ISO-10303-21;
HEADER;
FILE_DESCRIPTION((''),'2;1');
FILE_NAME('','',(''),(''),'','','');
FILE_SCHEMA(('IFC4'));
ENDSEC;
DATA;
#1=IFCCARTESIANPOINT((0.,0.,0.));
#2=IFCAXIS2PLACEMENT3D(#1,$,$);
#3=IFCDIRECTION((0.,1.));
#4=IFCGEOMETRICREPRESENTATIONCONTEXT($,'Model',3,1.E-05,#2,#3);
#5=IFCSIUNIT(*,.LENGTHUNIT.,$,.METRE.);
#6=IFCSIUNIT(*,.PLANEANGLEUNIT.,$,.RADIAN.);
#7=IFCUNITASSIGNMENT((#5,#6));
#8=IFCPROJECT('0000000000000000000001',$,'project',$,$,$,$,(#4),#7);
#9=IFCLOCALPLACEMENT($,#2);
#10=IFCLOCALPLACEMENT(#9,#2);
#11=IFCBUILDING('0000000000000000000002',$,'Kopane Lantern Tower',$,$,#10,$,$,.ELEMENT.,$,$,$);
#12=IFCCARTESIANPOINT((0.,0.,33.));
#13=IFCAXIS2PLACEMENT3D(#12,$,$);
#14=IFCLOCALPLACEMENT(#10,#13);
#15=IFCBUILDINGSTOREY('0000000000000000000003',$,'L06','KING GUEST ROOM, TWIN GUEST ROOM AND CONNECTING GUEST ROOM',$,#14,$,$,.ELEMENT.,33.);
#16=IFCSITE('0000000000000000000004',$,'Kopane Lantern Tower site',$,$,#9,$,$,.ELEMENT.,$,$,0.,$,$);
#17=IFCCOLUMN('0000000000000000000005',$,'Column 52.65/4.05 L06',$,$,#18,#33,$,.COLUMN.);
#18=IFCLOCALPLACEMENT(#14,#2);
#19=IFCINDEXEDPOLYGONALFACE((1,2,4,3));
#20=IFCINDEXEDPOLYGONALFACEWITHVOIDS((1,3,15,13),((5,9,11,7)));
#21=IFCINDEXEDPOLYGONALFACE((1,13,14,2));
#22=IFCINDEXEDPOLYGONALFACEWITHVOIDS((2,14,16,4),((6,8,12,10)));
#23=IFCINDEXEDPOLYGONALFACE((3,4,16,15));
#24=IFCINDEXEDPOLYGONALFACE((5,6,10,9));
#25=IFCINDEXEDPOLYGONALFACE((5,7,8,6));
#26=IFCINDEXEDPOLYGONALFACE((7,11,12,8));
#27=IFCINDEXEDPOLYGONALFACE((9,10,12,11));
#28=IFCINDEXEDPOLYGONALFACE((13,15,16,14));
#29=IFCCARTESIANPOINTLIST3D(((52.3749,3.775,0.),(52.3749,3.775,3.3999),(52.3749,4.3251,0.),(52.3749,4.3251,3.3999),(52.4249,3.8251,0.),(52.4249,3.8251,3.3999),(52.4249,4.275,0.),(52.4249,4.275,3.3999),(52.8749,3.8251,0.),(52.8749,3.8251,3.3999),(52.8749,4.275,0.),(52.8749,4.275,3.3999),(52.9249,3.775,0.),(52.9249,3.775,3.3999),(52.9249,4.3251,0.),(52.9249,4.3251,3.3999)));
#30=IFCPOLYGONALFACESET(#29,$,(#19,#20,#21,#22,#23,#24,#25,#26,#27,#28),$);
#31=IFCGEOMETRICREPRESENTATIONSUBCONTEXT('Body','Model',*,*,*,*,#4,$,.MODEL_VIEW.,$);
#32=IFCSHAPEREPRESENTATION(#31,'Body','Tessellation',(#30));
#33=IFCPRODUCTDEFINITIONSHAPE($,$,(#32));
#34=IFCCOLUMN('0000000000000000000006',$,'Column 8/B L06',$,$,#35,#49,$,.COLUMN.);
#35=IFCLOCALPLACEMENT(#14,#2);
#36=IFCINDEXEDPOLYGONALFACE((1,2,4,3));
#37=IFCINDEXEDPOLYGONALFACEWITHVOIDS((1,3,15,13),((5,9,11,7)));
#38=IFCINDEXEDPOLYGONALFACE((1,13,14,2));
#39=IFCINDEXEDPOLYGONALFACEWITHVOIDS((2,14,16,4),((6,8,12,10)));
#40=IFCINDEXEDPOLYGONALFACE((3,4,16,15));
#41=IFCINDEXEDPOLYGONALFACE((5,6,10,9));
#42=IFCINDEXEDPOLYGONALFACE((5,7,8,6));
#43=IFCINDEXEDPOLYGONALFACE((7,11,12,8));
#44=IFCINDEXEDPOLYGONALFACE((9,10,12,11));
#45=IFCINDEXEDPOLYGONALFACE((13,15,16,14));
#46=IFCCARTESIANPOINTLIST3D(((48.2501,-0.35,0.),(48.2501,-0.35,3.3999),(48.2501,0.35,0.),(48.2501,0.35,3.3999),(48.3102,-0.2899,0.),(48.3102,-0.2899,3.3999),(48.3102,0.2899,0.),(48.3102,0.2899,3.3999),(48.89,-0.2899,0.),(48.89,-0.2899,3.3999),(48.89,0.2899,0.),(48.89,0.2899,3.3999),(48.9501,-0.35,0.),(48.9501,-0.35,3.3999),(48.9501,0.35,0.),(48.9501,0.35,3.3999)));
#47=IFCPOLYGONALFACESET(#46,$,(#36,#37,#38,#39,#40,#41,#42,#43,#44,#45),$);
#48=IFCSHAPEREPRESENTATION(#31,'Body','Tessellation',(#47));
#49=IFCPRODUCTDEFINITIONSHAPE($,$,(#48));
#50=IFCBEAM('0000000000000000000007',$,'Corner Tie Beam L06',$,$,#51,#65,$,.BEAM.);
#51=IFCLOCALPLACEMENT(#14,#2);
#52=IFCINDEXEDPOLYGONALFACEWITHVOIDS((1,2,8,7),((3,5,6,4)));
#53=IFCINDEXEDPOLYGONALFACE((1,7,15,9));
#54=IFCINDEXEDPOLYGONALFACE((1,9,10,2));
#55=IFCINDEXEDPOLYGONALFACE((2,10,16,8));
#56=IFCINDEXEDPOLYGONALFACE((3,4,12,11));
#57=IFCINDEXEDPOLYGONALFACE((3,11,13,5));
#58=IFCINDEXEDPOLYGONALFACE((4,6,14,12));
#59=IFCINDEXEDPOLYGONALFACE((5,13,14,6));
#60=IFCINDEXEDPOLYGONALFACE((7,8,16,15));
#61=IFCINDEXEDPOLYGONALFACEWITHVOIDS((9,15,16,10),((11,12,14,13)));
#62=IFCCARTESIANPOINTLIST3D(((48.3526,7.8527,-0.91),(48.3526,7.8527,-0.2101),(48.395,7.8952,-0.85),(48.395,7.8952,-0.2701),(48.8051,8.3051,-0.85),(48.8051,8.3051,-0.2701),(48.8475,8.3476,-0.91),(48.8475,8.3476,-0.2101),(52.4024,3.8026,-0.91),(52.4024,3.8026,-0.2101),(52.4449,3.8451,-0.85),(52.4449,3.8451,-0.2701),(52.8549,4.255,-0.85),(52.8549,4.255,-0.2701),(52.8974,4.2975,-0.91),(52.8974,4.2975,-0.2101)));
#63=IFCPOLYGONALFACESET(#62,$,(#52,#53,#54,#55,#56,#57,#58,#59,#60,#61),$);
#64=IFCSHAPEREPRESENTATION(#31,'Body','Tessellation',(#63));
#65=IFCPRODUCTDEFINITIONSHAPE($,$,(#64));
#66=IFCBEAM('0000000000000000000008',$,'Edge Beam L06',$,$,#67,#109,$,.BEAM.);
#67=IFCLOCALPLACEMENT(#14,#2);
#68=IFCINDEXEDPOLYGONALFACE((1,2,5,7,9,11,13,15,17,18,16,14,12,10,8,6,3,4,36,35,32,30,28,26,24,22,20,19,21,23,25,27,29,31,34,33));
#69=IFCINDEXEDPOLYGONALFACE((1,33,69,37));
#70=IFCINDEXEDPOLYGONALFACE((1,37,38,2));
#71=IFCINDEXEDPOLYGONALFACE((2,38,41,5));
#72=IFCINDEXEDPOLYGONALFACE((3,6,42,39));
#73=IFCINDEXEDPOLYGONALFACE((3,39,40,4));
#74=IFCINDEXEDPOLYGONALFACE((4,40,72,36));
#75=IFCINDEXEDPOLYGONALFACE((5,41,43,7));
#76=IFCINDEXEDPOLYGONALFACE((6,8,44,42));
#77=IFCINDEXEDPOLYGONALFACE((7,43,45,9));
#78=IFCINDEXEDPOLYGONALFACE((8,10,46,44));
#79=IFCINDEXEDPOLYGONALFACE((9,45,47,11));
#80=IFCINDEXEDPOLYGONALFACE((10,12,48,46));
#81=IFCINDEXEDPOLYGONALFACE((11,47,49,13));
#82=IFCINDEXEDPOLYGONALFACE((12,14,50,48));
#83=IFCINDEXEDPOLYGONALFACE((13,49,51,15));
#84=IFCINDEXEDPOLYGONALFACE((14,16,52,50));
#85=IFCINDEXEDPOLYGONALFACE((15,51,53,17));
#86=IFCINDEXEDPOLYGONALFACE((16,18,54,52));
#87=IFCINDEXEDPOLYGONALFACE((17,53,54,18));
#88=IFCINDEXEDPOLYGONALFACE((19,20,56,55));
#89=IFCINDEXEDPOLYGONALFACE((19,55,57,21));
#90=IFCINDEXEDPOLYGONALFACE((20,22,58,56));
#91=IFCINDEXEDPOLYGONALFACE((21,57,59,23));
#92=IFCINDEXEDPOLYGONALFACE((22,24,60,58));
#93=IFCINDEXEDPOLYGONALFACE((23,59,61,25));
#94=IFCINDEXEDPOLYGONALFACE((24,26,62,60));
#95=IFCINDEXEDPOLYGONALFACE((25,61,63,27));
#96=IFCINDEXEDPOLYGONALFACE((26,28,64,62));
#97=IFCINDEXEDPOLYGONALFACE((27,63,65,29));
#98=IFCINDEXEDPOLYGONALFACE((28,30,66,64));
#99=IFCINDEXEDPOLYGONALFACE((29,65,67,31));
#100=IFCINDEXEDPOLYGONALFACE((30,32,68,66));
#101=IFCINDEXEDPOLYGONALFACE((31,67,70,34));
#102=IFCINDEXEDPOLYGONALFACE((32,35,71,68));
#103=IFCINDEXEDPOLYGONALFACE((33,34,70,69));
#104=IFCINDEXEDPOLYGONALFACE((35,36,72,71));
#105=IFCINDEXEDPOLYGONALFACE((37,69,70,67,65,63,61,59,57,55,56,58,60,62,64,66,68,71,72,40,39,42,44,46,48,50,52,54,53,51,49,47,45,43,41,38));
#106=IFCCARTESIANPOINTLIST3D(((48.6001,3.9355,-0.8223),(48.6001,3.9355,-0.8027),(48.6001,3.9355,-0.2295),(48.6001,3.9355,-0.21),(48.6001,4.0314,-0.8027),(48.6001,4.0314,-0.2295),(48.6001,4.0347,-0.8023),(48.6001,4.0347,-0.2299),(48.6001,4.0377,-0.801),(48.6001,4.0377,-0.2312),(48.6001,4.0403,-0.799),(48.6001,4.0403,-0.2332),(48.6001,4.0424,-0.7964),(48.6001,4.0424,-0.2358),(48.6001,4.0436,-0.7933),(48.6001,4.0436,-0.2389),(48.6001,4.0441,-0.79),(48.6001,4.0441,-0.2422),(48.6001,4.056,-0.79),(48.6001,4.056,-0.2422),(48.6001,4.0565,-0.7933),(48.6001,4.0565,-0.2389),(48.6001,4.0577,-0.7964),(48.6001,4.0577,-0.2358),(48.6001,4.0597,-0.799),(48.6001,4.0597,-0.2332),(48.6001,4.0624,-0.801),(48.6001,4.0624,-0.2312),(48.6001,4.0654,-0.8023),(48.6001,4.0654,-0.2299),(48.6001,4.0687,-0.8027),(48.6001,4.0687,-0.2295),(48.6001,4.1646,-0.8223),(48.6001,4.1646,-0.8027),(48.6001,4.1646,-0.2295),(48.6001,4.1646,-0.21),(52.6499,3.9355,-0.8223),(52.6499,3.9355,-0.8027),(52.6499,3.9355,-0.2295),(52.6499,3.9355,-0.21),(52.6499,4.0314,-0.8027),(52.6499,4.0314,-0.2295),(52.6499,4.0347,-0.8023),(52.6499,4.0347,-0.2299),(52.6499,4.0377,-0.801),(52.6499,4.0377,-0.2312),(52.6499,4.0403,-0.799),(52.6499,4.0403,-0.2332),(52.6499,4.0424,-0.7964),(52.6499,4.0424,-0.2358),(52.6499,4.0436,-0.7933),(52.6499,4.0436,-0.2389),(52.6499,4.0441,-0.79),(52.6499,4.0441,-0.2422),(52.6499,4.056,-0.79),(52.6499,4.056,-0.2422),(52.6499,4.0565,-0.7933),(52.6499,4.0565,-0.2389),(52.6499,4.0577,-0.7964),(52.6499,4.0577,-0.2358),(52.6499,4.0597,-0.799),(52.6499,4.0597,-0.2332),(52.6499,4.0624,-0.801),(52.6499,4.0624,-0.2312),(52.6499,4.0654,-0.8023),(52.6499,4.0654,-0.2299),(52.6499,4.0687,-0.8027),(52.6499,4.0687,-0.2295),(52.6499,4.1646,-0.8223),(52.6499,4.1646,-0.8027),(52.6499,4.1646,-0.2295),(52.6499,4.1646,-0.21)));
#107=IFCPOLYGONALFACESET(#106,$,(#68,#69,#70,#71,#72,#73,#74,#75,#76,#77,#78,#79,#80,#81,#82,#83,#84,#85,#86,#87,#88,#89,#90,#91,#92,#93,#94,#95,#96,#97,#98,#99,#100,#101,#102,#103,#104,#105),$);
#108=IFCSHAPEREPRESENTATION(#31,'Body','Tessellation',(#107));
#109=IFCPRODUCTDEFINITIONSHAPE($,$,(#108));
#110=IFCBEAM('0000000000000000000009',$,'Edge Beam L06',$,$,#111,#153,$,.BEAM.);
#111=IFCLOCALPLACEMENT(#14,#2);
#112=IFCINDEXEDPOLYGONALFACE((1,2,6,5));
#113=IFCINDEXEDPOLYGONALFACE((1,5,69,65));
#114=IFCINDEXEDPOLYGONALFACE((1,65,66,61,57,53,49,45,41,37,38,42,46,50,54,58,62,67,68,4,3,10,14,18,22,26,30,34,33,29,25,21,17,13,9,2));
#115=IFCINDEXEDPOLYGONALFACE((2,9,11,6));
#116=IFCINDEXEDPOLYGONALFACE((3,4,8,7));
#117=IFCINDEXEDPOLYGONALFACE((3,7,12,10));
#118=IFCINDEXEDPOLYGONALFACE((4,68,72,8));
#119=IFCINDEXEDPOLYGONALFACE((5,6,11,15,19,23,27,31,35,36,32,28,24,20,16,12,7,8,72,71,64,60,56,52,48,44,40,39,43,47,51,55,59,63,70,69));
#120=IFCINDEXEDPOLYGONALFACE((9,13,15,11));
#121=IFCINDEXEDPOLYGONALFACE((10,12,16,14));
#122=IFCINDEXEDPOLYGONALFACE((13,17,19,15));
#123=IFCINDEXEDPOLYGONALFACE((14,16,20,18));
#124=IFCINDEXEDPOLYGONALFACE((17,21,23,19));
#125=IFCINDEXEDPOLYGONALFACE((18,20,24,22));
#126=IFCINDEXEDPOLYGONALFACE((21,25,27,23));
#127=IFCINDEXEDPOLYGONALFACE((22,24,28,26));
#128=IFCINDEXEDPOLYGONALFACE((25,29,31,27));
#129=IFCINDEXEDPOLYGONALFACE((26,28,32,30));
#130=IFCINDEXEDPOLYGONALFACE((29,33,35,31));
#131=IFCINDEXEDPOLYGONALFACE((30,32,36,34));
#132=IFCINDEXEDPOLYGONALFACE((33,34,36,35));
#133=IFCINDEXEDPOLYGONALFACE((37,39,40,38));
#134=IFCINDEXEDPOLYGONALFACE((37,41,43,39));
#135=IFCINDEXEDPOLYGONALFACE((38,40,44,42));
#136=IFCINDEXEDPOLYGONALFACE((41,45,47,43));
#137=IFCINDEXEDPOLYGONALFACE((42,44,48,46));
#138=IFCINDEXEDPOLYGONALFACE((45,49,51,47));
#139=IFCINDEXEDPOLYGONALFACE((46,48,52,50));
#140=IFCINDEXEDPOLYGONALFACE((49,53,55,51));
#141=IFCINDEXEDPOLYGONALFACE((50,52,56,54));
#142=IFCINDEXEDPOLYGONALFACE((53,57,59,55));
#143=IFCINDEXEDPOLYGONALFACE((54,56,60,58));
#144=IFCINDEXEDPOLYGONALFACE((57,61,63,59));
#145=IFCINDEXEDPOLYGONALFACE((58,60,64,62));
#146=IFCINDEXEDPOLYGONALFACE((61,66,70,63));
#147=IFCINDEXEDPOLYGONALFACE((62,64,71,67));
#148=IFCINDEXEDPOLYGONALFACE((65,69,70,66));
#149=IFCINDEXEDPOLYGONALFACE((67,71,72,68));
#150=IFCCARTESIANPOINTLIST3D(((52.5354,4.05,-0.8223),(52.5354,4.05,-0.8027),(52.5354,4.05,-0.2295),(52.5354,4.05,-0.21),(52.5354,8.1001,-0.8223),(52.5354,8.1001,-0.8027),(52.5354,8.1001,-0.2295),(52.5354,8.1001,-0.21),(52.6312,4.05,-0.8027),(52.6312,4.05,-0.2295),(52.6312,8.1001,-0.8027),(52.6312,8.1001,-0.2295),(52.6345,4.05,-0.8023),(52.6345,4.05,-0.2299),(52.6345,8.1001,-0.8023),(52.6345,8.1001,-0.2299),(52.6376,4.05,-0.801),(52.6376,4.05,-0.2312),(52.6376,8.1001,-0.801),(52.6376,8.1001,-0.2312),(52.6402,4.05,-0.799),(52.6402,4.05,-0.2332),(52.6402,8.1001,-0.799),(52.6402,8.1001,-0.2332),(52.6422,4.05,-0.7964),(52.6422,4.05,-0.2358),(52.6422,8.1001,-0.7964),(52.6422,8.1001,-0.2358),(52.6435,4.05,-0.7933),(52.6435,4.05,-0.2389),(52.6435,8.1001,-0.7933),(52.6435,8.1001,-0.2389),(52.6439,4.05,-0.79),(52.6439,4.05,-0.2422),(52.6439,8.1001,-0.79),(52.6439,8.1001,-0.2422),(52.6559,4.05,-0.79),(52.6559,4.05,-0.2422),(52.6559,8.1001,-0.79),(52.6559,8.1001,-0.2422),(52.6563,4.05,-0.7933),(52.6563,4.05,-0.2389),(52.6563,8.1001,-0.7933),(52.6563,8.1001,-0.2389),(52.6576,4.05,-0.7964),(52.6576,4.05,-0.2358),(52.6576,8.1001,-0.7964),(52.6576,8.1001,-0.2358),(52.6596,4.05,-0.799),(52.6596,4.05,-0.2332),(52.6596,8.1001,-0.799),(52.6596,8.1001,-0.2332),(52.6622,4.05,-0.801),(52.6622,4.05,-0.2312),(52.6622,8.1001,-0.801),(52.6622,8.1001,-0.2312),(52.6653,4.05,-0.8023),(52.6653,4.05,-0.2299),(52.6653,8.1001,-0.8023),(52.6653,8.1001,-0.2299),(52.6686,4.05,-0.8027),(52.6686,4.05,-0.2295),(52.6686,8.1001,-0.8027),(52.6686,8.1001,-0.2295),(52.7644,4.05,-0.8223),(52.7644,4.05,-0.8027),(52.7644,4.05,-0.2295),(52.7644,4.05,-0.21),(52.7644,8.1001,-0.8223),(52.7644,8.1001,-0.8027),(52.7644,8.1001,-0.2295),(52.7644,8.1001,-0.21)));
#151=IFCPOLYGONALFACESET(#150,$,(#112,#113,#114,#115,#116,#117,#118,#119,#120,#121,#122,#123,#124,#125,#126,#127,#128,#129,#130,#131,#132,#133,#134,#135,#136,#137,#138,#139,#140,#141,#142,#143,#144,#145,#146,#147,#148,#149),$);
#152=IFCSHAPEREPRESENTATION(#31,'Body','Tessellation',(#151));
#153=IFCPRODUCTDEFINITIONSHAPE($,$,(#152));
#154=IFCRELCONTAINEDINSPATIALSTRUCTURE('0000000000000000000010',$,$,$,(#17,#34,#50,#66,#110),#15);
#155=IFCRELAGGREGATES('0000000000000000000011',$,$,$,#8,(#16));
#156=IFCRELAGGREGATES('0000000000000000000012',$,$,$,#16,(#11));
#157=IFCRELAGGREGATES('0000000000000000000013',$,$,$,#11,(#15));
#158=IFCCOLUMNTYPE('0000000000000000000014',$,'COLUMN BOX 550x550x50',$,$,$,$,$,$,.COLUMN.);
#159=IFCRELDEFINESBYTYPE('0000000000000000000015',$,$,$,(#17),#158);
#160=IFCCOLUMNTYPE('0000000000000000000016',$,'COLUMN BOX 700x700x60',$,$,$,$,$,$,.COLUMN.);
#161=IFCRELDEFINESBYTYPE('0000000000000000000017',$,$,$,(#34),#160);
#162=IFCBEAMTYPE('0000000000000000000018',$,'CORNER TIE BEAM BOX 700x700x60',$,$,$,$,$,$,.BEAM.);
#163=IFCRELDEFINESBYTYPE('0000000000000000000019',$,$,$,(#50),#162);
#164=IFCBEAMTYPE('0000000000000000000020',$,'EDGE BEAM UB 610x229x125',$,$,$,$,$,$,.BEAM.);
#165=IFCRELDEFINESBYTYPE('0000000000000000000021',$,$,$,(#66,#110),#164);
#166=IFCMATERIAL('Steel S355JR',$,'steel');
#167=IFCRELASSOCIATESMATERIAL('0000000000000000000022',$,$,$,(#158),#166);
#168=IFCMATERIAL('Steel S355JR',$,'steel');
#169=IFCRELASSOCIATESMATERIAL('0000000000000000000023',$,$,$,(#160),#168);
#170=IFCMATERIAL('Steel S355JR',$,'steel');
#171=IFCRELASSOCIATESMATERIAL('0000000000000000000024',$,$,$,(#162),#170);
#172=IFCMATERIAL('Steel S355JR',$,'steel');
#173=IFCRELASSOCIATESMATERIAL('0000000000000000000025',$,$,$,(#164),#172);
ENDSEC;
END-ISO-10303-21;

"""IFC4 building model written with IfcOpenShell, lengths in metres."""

from ifc_helpers import new_model, si_unit, direction, frame, origin, origin_2d, place, context, subcontext, project, spatial, hollow_rectangle, i_section, extrude, material, material_profile, profile_set, type_object, element, save


model = new_model("IFC4")

# Units and contexts
model_context = context("Model", 3, precision=1e-05, world=origin(), true_north=direction((0.0, 1.0)))
body_context = subcontext(model_context, "Body", "Model", "MODEL_VIEW")
ifc_project = project(units=[si_unit("LENGTHUNIT", "METRE"), si_unit("PLANEANGLEUNIT", "RADIAN")], contexts=[model_context])

# Site, building, storey
site_placement = place(None, origin())
site = spatial("IfcSite", under=ifc_project, at=site_placement, Name="Kopane Lantern Tower site", CompositionType="ELEMENT", RefElevation=0.0)
building_placement = place(site_placement, origin())
building = spatial("IfcBuilding", under=site, at=building_placement, Name="Kopane Lantern Tower", CompositionType="ELEMENT")
storey_placement = place(building_placement, frame((0.0, 0.0, 33.0)))
storey = spatial("IfcBuildingStorey", under=building, at=storey_placement, Name="L06", Description="KING GUEST ROOM, TWIN GUEST ROOM AND CONNECTING GUEST ROOM", CompositionType="ELEMENT", Elevation=33.0)

# Columns
ifc_material_1 = material(Name="Steel S355JR", Category="steel")
ifc_material_profile_1 = material_profile(ifc_material_1, hollow_rectangle(XDim=0.55, YDim=0.55, WallThickness=0.05, at=origin_2d()), Name="BOX 550x550x50")
ifc_profile_set_1 = profile_set([ifc_material_profile_1], Name="Steel S355JR")
column_type_1 = type_object("IfcColumnType", Name="COLUMN BOX 550x550x50", PredefinedType="COLUMN", material=ifc_profile_set_1)
column_1_placement = place(storey_placement, frame((52.6499, 4.05, 0.0), z_axis=(0.0, 0.0, 1.0), x_axis=(1.0, 0.0, 0.0)))
element("IfcColumn", 1, at=column_1_placement, inside=storey, type_object=column_type_1, Name="Column 52.65/4.05 L06", PredefinedType="COLUMN", context=body_context, shape_type="SweptSolid", body=[
    extrude(hollow_rectangle(XDim=0.55, YDim=0.55, WallThickness=0.05, at=origin_2d()), origin(), (0.0, 0.0, 1.0), 3.3999),
])
ifc_material_2 = material(Name="Steel S355JR", Category="steel")
ifc_material_profile_2 = material_profile(ifc_material_2, hollow_rectangle(XDim=0.7, YDim=0.7, WallThickness=0.0601, at=origin_2d()), Name="BOX 700x700x60")
ifc_profile_set_2 = profile_set([ifc_material_profile_2], Name="Steel S355JR")
column_type_2 = type_object("IfcColumnType", Name="COLUMN BOX 700x700x60", PredefinedType="COLUMN", material=ifc_profile_set_2)
column_2_placement = place(storey_placement, frame((48.6001, 0.0, 0.0), z_axis=(0.0, 0.0, 1.0), x_axis=(1.0, 0.0, 0.0)))
element("IfcColumn", 2, at=column_2_placement, inside=storey, type_object=column_type_2, Name="Column 8/B L06", PredefinedType="COLUMN", context=body_context, shape_type="SweptSolid", body=[
    extrude(hollow_rectangle(XDim=0.7, YDim=0.7, WallThickness=0.0601, at=origin_2d()), origin(), (0.0, 0.0, 1.0), 3.3999),
])

# Beams
ifc_material_3 = material(Name="Steel S355JR", Category="steel")
ifc_material_profile_3 = material_profile(ifc_material_3, hollow_rectangle(XDim=0.7, YDim=0.7, WallThickness=0.0601, at=origin_2d()), Name="BOX 700x700x60")
ifc_profile_set_3 = profile_set([ifc_material_profile_3], Name="Steel S355JR")
beam_type_1 = type_object("IfcBeamType", Name="CORNER TIE BEAM BOX 700x700x60", PredefinedType="BEAM", material=ifc_profile_set_3)
beam_1_placement = place(storey_placement, frame((52.6499, 4.05, -0.5601), z_axis=(-0.707085, 0.707128, 0.0), x_axis=(-0.707128, -0.707085, 0.0)))
element("IfcBeam", 3, at=beam_1_placement, inside=storey, type_object=beam_type_1, Name="Corner Tie Beam L06", PredefinedType="BEAM", context=body_context, shape_type="SweptSolid", body=[
    extrude(hollow_rectangle(XDim=0.7, YDim=0.7, WallThickness=0.0601, at=origin_2d()), origin(), (0.0, 0.0, 1.0), 5.7275),
])
ifc_material_4 = material(Name="Steel S355JR", Category="steel")
ifc_material_profile_4 = material_profile(ifc_material_4, i_section(OverallWidth=0.229, OverallDepth=0.6123, WebThickness=0.012, FlangeThickness=0.0195, FilletRadius=0.0127, at=origin_2d()), Name="UB 610x229x125")
ifc_profile_set_4 = profile_set([ifc_material_profile_4], Name="Steel S355JR")
beam_type_2 = type_object("IfcBeamType", Name="EDGE BEAM UB 610x229x125", PredefinedType="BEAM", material=ifc_profile_set_4)
beam_2_placement = place(storey_placement, frame((52.6499, 4.05, -0.5161), z_axis=(-1.0, 0.0, 0.0), x_axis=(0.0, -1.0, 0.0)))
element("IfcBeam", 4, at=beam_2_placement, inside=storey, type_object=beam_type_2, Name="Edge Beam L06", PredefinedType="BEAM", context=body_context, shape_type="SweptSolid", body=[
    extrude(i_section(OverallWidth=0.229, OverallDepth=0.6123, WebThickness=0.012, FlangeThickness=0.0195, FilletRadius=0.0127, at=origin_2d()), origin(), (0.0, 0.0, 1.0), 4.0498),
])
beam_3_placement = place(storey_placement, frame((52.6499, 4.05, -0.5161), z_axis=(0.0, 1.0, 0.0), x_axis=(-1.0, 0.0, 0.0)))
element("IfcBeam", 5, at=beam_3_placement, inside=storey, type_object=beam_type_2, Name="Edge Beam L06", PredefinedType="BEAM", context=body_context, shape_type="SweptSolid", body=[
    extrude(i_section(OverallWidth=0.229, OverallDepth=0.6123, WebThickness=0.012, FlangeThickness=0.0195, FilletRadius=0.0127, at=origin_2d()), origin(), (0.0, 0.0, 1.0), 4.05),
])

save(model, "model.ifc")
